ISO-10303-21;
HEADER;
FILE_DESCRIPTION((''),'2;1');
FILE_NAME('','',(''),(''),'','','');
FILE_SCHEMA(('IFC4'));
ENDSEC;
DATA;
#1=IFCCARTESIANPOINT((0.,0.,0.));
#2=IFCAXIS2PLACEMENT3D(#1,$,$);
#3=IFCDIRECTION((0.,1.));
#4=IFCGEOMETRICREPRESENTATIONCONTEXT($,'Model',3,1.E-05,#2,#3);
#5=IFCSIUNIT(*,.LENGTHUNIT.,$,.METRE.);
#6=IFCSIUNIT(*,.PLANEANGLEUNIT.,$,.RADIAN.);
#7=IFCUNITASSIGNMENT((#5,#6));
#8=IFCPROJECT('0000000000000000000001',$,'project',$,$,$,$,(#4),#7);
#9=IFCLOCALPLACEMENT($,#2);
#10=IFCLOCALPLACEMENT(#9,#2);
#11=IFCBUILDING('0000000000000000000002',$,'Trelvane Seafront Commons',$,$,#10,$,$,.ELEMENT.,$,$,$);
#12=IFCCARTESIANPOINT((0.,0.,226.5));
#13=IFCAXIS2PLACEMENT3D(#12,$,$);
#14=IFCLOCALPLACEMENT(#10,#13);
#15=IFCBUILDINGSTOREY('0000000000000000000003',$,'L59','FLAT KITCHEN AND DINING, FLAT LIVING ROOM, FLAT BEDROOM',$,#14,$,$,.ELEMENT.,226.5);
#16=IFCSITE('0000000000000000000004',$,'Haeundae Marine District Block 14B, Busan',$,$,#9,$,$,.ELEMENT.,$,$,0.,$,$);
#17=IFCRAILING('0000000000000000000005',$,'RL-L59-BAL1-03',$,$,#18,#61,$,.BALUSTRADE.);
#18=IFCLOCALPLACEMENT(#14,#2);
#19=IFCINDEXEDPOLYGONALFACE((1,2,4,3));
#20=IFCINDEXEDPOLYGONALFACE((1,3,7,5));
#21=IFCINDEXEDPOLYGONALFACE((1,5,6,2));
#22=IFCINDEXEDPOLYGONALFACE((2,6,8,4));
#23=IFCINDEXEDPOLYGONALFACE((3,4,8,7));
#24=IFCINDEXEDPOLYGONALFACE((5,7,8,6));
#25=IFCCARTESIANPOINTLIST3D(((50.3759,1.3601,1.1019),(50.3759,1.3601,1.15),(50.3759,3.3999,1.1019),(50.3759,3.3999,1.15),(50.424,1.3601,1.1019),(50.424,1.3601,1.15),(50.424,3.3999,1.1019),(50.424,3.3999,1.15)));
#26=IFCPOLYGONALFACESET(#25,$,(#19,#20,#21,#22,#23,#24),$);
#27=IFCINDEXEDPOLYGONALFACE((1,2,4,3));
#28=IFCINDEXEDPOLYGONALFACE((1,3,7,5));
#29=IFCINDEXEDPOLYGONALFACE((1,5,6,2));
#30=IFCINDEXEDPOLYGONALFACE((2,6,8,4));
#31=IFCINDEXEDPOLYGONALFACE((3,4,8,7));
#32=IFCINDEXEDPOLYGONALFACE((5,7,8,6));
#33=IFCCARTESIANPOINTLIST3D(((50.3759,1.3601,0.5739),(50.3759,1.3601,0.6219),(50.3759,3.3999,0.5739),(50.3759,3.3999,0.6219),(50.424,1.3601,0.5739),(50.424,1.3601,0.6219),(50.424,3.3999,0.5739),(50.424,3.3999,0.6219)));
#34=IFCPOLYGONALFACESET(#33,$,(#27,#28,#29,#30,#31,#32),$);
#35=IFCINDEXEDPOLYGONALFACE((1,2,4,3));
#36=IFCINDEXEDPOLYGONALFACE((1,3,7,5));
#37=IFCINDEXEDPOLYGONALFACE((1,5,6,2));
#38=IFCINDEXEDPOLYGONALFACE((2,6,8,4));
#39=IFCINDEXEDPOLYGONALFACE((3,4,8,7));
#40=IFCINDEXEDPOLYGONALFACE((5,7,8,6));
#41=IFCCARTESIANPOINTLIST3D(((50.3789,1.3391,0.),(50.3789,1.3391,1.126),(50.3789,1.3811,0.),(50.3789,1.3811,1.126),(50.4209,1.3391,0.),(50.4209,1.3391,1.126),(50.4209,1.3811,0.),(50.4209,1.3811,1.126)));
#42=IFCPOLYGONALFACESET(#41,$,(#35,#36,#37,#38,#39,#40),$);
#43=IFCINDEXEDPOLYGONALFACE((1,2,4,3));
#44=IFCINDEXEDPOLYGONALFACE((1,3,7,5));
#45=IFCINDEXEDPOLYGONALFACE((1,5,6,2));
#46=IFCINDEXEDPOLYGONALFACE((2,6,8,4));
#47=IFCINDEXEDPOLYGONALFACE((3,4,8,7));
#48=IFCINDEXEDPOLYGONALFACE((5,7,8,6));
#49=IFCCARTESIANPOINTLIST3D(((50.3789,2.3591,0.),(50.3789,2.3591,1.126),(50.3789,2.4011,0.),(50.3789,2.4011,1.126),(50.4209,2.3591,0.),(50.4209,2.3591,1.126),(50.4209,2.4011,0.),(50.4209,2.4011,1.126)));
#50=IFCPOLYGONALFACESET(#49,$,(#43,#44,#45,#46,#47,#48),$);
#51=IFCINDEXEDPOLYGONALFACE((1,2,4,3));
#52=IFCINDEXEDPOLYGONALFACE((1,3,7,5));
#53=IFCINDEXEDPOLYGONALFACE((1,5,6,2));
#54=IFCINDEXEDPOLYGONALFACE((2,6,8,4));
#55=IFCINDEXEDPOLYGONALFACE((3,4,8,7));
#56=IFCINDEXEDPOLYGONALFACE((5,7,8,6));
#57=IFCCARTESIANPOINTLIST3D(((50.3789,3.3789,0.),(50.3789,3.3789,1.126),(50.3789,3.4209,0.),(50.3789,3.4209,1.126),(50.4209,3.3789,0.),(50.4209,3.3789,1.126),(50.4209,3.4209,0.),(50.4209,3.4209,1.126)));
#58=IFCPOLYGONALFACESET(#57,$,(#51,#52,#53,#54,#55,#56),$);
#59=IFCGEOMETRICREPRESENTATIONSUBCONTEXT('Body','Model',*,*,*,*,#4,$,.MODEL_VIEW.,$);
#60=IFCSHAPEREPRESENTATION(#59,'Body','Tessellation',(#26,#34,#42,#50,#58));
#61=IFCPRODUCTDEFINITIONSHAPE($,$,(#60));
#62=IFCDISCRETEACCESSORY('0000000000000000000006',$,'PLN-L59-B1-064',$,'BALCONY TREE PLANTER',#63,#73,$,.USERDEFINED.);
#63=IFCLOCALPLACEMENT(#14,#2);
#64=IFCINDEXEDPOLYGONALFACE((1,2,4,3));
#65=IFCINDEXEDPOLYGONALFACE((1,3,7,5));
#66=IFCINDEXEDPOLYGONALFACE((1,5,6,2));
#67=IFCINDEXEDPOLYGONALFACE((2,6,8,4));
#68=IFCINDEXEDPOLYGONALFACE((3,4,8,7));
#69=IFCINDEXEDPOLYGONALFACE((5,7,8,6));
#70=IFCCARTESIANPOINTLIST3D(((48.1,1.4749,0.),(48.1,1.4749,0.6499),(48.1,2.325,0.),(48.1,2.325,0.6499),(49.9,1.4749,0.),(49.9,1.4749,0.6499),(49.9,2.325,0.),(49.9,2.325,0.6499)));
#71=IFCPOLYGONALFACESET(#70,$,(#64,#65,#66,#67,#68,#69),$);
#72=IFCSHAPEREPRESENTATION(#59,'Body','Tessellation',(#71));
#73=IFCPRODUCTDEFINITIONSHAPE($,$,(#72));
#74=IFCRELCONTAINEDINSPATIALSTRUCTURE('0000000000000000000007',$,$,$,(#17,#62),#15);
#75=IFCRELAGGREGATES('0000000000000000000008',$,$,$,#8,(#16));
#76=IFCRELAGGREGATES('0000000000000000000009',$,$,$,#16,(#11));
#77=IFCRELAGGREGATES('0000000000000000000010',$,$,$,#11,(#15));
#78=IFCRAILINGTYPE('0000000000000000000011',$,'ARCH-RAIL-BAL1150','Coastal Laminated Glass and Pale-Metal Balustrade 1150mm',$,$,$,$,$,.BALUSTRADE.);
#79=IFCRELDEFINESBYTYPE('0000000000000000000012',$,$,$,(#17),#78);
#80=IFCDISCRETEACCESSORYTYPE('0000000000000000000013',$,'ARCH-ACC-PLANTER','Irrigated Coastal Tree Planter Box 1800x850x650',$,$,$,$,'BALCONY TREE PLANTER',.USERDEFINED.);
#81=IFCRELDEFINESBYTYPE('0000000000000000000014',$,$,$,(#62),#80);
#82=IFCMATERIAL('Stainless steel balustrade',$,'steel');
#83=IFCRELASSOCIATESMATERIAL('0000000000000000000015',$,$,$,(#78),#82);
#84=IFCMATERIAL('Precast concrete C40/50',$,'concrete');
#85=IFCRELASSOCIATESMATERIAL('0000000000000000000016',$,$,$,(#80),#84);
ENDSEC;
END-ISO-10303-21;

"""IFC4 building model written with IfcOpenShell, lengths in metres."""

from ifc_helpers import new_model, si_unit, direction, frame, origin, origin_2d, place, context, subcontext, project, spatial, rectangle, extrude, source, transform, mapped, material, type_object, element, save


model = new_model("IFC4")

# Units and contexts
model_context = context("Model", 3, precision=1e-05, world=origin(), true_north=direction((0.0, 1.0)))
body_context = subcontext(model_context, "Body", "Model", "MODEL_VIEW")
ifc_project = project(units=[si_unit("LENGTHUNIT", "METRE"), si_unit("PLANEANGLEUNIT", "RADIAN")], contexts=[model_context])

# Site, building, storey
site_placement = place(None, origin())
site = spatial("IfcSite", under=ifc_project, at=site_placement, Name="Haeundae Marine District Block 14B, Busan", CompositionType="ELEMENT", RefElevation=0.0)
building_placement = place(site_placement, origin())
building = spatial("IfcBuilding", under=site, at=building_placement, Name="Trelvane Seafront Commons", CompositionType="ELEMENT")
storey_placement = place(building_placement, frame((0.0, 0.0, 226.5)))
storey = spatial("IfcBuildingStorey", under=building, at=storey_placement, Name="L59", Description="FLAT KITCHEN AND DINING, FLAT LIVING ROOM, FLAT BEDROOM", CompositionType="ELEMENT", Elevation=226.5)

# Railing
ifc_material_1 = material(Name="Stainless steel balustrade", Category="steel")
railing_type = type_object("IfcRailingType", Name="ARCH-RAIL-BAL1150", Description="Coastal Laminated Glass and Pale-Metal Balustrade 1150mm", PredefinedType="BALUSTRADE", material=ifc_material_1)
railing_placement = place(storey_placement, frame((50.3999, 1.3601, 0.0)))
element("IfcRailing", 1, at=railing_placement, inside=storey, type_object=railing_type, Name="RL-L59-BAL1-03", PredefinedType="BALUSTRADE", context=body_context, shape_type="SweptSolid", body=[
    extrude(rectangle(XDim=0.0481, YDim=0.0481, at=origin_2d()), frame((0.0, 0.0, 1.126), z_axis=(0.0, 1.0, 0.0), x_axis=(-1.0, 0.0, 0.0)), (0.0, 0.0, 1.0), 2.0398),
    extrude(rectangle(XDim=0.0481, YDim=0.0481, at=origin_2d()), frame((0.0, 0.0, 0.5979), z_axis=(0.0, 1.0, 0.0), x_axis=(-1.0, 0.0, 0.0)), (0.0, 0.0, 1.0), 2.0398),
    extrude(rectangle(XDim=0.042, YDim=0.042, at=origin_2d()), origin(), (0.0, 0.0, 1.0), 1.126),
    extrude(rectangle(XDim=0.042, YDim=0.042, at=origin_2d()), frame((0.0, 1.02, 0.0)), (0.0, 0.0, 1.0), 1.126),
    extrude(rectangle(XDim=0.042, YDim=0.042, at=origin_2d()), frame((0.0, 2.0398, 0.0)), (0.0, 0.0, 1.0), 1.126),
])

# Discrete accessory
ifc_material_2 = material(Name="Precast concrete C40/50", Category="concrete")
discrete_accessory_type = type_object("IfcDiscreteAccessoryType", Name="ARCH-ACC-PLANTER", Description="Irrigated Coastal Tree Planter Box 1800x850x650", ElementType="BALCONY TREE PLANTER", PredefinedType="USERDEFINED", material=ifc_material_2)
shared_shape_1 = source(origin(), body_context, "Body", "SweptSolid", [
    extrude(rectangle(XDim=1.8, YDim=0.8501, at=origin_2d()), origin(), (0.0, 0.0, 1.0), 0.6499),
])
discrete_accessory_placement = place(storey_placement, frame((49.0, 1.8999, 0.0), z_axis=(0.0, 0.0, 1.0), x_axis=(1.0, 0.0, 0.0)))
element("IfcDiscreteAccessory", 2, at=discrete_accessory_placement, inside=storey, type_object=discrete_accessory_type, Name="PLN-L59-B1-064", ObjectType="BALCONY TREE PLANTER", PredefinedType="USERDEFINED", context=body_context, shape_type="MappedRepresentation", body=[
    mapped(shared_shape_1, transform((0.0, 0.0, 0.0), x_axis=(1.0, 0.0, 0.0), y_axis=(0.0, 1.0, 0.0), z_axis=(0.0, 0.0, 1.0), scale=1.0)),
])

save(model, "model.ifc")
